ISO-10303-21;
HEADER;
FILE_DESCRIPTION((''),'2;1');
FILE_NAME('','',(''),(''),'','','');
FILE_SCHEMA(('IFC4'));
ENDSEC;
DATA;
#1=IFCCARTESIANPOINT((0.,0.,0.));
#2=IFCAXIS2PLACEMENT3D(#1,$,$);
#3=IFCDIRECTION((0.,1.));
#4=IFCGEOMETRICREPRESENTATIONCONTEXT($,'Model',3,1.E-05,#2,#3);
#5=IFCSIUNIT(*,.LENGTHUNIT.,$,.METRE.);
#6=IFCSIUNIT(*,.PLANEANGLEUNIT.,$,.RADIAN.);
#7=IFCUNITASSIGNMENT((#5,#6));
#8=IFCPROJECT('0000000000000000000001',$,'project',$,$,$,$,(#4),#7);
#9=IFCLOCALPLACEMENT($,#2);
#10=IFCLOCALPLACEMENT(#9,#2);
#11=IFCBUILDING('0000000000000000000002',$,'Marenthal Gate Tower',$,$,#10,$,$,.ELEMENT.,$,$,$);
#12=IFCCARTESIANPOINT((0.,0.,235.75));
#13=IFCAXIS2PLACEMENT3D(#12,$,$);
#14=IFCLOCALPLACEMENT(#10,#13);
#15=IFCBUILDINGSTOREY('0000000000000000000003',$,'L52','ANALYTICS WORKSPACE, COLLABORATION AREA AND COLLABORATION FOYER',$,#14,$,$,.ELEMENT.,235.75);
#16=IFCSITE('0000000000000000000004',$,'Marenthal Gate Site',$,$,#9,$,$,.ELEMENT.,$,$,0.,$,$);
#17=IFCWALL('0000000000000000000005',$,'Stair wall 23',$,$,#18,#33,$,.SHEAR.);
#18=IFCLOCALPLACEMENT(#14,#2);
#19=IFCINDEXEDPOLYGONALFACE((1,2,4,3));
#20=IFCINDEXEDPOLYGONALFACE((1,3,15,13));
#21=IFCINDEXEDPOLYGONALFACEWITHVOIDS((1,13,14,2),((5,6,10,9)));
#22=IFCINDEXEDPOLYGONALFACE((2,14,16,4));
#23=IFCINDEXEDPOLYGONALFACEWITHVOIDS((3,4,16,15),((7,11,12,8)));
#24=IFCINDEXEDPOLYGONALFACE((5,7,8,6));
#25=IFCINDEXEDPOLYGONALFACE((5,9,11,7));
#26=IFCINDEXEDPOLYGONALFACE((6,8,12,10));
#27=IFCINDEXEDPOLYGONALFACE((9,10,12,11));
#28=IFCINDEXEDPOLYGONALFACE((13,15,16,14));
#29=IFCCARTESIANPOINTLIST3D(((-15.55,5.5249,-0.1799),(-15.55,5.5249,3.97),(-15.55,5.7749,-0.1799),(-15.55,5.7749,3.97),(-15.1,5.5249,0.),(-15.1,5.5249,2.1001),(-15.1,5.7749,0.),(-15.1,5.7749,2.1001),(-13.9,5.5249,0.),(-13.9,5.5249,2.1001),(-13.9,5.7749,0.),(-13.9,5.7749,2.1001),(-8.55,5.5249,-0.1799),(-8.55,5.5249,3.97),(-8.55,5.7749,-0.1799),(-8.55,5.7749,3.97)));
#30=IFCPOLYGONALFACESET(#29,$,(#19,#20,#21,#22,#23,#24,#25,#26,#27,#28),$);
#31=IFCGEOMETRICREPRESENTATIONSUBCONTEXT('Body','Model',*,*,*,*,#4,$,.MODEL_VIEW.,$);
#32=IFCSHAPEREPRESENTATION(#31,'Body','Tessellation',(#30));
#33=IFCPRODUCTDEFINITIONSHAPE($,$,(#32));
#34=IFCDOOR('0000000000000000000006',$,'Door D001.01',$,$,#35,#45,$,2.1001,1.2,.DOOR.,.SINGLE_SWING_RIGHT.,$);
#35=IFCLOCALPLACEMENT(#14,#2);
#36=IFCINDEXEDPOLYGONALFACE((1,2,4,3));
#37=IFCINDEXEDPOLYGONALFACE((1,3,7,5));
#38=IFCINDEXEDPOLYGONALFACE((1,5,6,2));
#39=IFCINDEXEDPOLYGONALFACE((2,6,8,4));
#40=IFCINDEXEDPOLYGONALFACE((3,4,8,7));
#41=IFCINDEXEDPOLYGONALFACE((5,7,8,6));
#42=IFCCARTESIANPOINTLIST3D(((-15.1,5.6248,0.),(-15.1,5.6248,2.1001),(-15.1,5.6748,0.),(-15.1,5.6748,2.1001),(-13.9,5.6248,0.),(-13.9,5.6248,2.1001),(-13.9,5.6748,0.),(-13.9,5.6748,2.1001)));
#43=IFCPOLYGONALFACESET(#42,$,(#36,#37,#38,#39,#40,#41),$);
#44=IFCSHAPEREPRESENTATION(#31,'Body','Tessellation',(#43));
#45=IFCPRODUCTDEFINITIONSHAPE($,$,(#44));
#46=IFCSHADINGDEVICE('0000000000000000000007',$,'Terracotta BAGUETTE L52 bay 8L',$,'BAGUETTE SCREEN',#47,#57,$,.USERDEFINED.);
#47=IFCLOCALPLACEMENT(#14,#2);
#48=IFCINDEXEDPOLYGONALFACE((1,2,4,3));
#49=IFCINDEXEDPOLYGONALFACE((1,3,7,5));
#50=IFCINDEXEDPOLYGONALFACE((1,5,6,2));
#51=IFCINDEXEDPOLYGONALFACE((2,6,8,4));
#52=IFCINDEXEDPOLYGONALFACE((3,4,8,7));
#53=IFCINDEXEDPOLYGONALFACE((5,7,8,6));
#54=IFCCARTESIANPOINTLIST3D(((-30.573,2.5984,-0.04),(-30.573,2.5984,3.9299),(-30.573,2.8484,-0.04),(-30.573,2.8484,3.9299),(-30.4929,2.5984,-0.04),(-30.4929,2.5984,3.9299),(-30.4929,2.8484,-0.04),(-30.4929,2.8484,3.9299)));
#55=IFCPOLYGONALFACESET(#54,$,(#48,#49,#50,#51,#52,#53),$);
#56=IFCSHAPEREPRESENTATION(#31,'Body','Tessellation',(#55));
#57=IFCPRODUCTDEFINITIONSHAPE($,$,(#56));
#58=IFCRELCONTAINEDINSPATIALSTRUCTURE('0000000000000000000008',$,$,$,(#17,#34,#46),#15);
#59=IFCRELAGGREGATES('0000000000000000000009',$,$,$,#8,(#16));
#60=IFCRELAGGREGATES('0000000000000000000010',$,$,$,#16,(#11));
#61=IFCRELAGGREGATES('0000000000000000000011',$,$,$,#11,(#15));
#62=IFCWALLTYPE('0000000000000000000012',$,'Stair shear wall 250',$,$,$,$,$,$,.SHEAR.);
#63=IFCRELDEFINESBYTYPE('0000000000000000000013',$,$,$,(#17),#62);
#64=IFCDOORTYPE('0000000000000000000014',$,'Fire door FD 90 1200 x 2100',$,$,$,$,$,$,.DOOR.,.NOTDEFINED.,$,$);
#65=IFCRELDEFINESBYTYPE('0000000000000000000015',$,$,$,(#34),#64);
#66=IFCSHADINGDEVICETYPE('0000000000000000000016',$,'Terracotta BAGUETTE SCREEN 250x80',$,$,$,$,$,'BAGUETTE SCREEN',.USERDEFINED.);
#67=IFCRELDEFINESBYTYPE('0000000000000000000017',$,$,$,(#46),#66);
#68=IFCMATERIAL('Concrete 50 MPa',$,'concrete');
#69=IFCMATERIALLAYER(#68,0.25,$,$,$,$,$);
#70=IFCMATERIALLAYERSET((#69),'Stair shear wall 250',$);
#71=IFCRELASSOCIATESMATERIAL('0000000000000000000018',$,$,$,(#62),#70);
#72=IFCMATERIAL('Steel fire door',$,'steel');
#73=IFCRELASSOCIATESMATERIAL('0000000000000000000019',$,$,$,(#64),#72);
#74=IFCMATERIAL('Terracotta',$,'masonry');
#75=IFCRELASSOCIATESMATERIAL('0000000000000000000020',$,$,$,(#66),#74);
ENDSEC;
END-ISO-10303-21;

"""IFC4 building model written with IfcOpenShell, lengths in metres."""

from ifc_helpers import new_model, si_unit, direction, frame, frame_2d, origin, origin_2d, place, context, subcontext, project, spatial, rectangle, extrude, material, layer, layer_set, material_profile, profile_set, type_object, element, fill, save


model = new_model("IFC4")

# Units and contexts
model_context = context("Model", 3, precision=1e-05, world=origin(), true_north=direction((0.0, 1.0)))
body_context = subcontext(model_context, "Body", "Model", "MODEL_VIEW")
ifc_project = project(units=[si_unit("LENGTHUNIT", "METRE"), si_unit("PLANEANGLEUNIT", "RADIAN")], contexts=[model_context])

# Site, building, storey
site_placement = place(None, origin())
site = spatial("IfcSite", under=ifc_project, at=site_placement, Name="Marenthal Gate Site", CompositionType="ELEMENT", RefElevation=0.0)
building_placement = place(site_placement, origin())
building = spatial("IfcBuilding", under=site, at=building_placement, Name="Marenthal Gate Tower", CompositionType="ELEMENT")
storey_placement = place(building_placement, frame((0.0, 0.0, 235.75)))
storey = spatial("IfcBuildingStorey", under=building, at=storey_placement, Name="L52", Description="ANALYTICS WORKSPACE, COLLABORATION AREA AND COLLABORATION FOYER", CompositionType="ELEMENT", Elevation=235.75)

# Wall, opening, door
ifc_material_1 = material(Name="Concrete 50 MPa", Category="concrete")
ifc_layer_1 = layer(ifc_material_1, 0.25)
ifc_layer_set_1 = layer_set([ifc_layer_1], Name="Stair shear wall 250")
wall_type_1 = type_object("IfcWallType", Name="Stair shear wall 250", PredefinedType="SHEAR", material=ifc_layer_set_1)
wall_1_placement = place(storey_placement, frame((-15.55, 5.6499, -0.1799), z_axis=(0.0, 0.0, 1.0), x_axis=(1.0, 0.0, 0.0)))
wall_1 = element("IfcWall", 1, at=wall_1_placement, inside=storey, type_object=wall_type_1, Name="Stair wall 23", PredefinedType="SHEAR", context=body_context, shape_type="SweptSolid", body=[
    extrude(rectangle(XDim=7.0, YDim=0.25, at=frame_2d((3.5, 0.0))), origin(), (0.0, 0.0, 1.0), 4.1499),
])
opening_1_placement = place(wall_1_placement, frame((0.45, 0.0, 0.1799)))
opening_1 = element("IfcOpeningElement", 2, at=opening_1_placement, cuts=wall_1, PredefinedType="OPENING", context=body_context, shape_type="SweptSolid", body=[
    extrude(rectangle(XDim=1.2, YDim=2.1001, at=frame_2d((0.6001, 1.05))), frame((0.0, 0.135, 0.0), z_axis=(0.0, -1.0, 0.0), x_axis=(1.0, 0.0, 0.0)), (0.0, 0.0, 1.0), 0.27),
])
ifc_material_2 = material(Name="Steel fire door", Category="steel")
door_type_1 = type_object("IfcDoorType", Name="Fire door FD 90 1200 x 2100", OperationType="NOTDEFINED", PredefinedType="DOOR", material=ifc_material_2)
door_1_placement = place(opening_1_placement, origin())
door_1 = element("IfcDoor", 3, at=door_1_placement, inside=storey, type_object=door_type_1, Name="Door D001.01", OperationType="SINGLE_SWING_RIGHT", OverallHeight=2.1001, OverallWidth=1.2, PredefinedType="DOOR", context=body_context, shape_type="SweptSolid", body=[
    extrude(rectangle(XDim=1.2, YDim=2.1001, at=frame_2d((0.6001, 1.05))), frame((0.0, 0.0249, 0.0), z_axis=(0.0, -1.0, 0.0), x_axis=(1.0, 0.0, 0.0)), (0.0, 0.0, 1.0), 0.05),
])
fill(opening_1, door_1)

# Shading device
ifc_material_3 = material(Name="Terracotta", Category="masonry")
ifc_material_profile_1 = material_profile(ifc_material_3, rectangle(XDim=0.25, YDim=0.0801, at=origin_2d()), Name="Terracotta baguette 250x80")
ifc_profile_set_1 = profile_set([ifc_material_profile_1], Name="Terracotta")
shading_device_type = type_object("IfcShadingDeviceType", Name="Terracotta BAGUETTE SCREEN 250x80", ElementType="BAGUETTE SCREEN", PredefinedType="USERDEFINED", material=ifc_profile_set_1)
shading_device_placement = place(storey_placement, frame((-30.533, 2.7234, -0.04), z_axis=(0.0, 0.0, 1.0), x_axis=(0.0, -1.0, 0.0)))
element("IfcShadingDevice", 4, at=shading_device_placement, inside=storey, type_object=shading_device_type, Name="Terracotta BAGUETTE L52 bay 8L", ObjectType="BAGUETTE SCREEN", PredefinedType="USERDEFINED", context=body_context, shape_type="SweptSolid", body=[
    extrude(rectangle(XDim=0.25, YDim=0.0801, at=origin_2d()), origin(), (0.0, 0.0, 1.0), 3.97),
])

save(model, "model.ifc")
